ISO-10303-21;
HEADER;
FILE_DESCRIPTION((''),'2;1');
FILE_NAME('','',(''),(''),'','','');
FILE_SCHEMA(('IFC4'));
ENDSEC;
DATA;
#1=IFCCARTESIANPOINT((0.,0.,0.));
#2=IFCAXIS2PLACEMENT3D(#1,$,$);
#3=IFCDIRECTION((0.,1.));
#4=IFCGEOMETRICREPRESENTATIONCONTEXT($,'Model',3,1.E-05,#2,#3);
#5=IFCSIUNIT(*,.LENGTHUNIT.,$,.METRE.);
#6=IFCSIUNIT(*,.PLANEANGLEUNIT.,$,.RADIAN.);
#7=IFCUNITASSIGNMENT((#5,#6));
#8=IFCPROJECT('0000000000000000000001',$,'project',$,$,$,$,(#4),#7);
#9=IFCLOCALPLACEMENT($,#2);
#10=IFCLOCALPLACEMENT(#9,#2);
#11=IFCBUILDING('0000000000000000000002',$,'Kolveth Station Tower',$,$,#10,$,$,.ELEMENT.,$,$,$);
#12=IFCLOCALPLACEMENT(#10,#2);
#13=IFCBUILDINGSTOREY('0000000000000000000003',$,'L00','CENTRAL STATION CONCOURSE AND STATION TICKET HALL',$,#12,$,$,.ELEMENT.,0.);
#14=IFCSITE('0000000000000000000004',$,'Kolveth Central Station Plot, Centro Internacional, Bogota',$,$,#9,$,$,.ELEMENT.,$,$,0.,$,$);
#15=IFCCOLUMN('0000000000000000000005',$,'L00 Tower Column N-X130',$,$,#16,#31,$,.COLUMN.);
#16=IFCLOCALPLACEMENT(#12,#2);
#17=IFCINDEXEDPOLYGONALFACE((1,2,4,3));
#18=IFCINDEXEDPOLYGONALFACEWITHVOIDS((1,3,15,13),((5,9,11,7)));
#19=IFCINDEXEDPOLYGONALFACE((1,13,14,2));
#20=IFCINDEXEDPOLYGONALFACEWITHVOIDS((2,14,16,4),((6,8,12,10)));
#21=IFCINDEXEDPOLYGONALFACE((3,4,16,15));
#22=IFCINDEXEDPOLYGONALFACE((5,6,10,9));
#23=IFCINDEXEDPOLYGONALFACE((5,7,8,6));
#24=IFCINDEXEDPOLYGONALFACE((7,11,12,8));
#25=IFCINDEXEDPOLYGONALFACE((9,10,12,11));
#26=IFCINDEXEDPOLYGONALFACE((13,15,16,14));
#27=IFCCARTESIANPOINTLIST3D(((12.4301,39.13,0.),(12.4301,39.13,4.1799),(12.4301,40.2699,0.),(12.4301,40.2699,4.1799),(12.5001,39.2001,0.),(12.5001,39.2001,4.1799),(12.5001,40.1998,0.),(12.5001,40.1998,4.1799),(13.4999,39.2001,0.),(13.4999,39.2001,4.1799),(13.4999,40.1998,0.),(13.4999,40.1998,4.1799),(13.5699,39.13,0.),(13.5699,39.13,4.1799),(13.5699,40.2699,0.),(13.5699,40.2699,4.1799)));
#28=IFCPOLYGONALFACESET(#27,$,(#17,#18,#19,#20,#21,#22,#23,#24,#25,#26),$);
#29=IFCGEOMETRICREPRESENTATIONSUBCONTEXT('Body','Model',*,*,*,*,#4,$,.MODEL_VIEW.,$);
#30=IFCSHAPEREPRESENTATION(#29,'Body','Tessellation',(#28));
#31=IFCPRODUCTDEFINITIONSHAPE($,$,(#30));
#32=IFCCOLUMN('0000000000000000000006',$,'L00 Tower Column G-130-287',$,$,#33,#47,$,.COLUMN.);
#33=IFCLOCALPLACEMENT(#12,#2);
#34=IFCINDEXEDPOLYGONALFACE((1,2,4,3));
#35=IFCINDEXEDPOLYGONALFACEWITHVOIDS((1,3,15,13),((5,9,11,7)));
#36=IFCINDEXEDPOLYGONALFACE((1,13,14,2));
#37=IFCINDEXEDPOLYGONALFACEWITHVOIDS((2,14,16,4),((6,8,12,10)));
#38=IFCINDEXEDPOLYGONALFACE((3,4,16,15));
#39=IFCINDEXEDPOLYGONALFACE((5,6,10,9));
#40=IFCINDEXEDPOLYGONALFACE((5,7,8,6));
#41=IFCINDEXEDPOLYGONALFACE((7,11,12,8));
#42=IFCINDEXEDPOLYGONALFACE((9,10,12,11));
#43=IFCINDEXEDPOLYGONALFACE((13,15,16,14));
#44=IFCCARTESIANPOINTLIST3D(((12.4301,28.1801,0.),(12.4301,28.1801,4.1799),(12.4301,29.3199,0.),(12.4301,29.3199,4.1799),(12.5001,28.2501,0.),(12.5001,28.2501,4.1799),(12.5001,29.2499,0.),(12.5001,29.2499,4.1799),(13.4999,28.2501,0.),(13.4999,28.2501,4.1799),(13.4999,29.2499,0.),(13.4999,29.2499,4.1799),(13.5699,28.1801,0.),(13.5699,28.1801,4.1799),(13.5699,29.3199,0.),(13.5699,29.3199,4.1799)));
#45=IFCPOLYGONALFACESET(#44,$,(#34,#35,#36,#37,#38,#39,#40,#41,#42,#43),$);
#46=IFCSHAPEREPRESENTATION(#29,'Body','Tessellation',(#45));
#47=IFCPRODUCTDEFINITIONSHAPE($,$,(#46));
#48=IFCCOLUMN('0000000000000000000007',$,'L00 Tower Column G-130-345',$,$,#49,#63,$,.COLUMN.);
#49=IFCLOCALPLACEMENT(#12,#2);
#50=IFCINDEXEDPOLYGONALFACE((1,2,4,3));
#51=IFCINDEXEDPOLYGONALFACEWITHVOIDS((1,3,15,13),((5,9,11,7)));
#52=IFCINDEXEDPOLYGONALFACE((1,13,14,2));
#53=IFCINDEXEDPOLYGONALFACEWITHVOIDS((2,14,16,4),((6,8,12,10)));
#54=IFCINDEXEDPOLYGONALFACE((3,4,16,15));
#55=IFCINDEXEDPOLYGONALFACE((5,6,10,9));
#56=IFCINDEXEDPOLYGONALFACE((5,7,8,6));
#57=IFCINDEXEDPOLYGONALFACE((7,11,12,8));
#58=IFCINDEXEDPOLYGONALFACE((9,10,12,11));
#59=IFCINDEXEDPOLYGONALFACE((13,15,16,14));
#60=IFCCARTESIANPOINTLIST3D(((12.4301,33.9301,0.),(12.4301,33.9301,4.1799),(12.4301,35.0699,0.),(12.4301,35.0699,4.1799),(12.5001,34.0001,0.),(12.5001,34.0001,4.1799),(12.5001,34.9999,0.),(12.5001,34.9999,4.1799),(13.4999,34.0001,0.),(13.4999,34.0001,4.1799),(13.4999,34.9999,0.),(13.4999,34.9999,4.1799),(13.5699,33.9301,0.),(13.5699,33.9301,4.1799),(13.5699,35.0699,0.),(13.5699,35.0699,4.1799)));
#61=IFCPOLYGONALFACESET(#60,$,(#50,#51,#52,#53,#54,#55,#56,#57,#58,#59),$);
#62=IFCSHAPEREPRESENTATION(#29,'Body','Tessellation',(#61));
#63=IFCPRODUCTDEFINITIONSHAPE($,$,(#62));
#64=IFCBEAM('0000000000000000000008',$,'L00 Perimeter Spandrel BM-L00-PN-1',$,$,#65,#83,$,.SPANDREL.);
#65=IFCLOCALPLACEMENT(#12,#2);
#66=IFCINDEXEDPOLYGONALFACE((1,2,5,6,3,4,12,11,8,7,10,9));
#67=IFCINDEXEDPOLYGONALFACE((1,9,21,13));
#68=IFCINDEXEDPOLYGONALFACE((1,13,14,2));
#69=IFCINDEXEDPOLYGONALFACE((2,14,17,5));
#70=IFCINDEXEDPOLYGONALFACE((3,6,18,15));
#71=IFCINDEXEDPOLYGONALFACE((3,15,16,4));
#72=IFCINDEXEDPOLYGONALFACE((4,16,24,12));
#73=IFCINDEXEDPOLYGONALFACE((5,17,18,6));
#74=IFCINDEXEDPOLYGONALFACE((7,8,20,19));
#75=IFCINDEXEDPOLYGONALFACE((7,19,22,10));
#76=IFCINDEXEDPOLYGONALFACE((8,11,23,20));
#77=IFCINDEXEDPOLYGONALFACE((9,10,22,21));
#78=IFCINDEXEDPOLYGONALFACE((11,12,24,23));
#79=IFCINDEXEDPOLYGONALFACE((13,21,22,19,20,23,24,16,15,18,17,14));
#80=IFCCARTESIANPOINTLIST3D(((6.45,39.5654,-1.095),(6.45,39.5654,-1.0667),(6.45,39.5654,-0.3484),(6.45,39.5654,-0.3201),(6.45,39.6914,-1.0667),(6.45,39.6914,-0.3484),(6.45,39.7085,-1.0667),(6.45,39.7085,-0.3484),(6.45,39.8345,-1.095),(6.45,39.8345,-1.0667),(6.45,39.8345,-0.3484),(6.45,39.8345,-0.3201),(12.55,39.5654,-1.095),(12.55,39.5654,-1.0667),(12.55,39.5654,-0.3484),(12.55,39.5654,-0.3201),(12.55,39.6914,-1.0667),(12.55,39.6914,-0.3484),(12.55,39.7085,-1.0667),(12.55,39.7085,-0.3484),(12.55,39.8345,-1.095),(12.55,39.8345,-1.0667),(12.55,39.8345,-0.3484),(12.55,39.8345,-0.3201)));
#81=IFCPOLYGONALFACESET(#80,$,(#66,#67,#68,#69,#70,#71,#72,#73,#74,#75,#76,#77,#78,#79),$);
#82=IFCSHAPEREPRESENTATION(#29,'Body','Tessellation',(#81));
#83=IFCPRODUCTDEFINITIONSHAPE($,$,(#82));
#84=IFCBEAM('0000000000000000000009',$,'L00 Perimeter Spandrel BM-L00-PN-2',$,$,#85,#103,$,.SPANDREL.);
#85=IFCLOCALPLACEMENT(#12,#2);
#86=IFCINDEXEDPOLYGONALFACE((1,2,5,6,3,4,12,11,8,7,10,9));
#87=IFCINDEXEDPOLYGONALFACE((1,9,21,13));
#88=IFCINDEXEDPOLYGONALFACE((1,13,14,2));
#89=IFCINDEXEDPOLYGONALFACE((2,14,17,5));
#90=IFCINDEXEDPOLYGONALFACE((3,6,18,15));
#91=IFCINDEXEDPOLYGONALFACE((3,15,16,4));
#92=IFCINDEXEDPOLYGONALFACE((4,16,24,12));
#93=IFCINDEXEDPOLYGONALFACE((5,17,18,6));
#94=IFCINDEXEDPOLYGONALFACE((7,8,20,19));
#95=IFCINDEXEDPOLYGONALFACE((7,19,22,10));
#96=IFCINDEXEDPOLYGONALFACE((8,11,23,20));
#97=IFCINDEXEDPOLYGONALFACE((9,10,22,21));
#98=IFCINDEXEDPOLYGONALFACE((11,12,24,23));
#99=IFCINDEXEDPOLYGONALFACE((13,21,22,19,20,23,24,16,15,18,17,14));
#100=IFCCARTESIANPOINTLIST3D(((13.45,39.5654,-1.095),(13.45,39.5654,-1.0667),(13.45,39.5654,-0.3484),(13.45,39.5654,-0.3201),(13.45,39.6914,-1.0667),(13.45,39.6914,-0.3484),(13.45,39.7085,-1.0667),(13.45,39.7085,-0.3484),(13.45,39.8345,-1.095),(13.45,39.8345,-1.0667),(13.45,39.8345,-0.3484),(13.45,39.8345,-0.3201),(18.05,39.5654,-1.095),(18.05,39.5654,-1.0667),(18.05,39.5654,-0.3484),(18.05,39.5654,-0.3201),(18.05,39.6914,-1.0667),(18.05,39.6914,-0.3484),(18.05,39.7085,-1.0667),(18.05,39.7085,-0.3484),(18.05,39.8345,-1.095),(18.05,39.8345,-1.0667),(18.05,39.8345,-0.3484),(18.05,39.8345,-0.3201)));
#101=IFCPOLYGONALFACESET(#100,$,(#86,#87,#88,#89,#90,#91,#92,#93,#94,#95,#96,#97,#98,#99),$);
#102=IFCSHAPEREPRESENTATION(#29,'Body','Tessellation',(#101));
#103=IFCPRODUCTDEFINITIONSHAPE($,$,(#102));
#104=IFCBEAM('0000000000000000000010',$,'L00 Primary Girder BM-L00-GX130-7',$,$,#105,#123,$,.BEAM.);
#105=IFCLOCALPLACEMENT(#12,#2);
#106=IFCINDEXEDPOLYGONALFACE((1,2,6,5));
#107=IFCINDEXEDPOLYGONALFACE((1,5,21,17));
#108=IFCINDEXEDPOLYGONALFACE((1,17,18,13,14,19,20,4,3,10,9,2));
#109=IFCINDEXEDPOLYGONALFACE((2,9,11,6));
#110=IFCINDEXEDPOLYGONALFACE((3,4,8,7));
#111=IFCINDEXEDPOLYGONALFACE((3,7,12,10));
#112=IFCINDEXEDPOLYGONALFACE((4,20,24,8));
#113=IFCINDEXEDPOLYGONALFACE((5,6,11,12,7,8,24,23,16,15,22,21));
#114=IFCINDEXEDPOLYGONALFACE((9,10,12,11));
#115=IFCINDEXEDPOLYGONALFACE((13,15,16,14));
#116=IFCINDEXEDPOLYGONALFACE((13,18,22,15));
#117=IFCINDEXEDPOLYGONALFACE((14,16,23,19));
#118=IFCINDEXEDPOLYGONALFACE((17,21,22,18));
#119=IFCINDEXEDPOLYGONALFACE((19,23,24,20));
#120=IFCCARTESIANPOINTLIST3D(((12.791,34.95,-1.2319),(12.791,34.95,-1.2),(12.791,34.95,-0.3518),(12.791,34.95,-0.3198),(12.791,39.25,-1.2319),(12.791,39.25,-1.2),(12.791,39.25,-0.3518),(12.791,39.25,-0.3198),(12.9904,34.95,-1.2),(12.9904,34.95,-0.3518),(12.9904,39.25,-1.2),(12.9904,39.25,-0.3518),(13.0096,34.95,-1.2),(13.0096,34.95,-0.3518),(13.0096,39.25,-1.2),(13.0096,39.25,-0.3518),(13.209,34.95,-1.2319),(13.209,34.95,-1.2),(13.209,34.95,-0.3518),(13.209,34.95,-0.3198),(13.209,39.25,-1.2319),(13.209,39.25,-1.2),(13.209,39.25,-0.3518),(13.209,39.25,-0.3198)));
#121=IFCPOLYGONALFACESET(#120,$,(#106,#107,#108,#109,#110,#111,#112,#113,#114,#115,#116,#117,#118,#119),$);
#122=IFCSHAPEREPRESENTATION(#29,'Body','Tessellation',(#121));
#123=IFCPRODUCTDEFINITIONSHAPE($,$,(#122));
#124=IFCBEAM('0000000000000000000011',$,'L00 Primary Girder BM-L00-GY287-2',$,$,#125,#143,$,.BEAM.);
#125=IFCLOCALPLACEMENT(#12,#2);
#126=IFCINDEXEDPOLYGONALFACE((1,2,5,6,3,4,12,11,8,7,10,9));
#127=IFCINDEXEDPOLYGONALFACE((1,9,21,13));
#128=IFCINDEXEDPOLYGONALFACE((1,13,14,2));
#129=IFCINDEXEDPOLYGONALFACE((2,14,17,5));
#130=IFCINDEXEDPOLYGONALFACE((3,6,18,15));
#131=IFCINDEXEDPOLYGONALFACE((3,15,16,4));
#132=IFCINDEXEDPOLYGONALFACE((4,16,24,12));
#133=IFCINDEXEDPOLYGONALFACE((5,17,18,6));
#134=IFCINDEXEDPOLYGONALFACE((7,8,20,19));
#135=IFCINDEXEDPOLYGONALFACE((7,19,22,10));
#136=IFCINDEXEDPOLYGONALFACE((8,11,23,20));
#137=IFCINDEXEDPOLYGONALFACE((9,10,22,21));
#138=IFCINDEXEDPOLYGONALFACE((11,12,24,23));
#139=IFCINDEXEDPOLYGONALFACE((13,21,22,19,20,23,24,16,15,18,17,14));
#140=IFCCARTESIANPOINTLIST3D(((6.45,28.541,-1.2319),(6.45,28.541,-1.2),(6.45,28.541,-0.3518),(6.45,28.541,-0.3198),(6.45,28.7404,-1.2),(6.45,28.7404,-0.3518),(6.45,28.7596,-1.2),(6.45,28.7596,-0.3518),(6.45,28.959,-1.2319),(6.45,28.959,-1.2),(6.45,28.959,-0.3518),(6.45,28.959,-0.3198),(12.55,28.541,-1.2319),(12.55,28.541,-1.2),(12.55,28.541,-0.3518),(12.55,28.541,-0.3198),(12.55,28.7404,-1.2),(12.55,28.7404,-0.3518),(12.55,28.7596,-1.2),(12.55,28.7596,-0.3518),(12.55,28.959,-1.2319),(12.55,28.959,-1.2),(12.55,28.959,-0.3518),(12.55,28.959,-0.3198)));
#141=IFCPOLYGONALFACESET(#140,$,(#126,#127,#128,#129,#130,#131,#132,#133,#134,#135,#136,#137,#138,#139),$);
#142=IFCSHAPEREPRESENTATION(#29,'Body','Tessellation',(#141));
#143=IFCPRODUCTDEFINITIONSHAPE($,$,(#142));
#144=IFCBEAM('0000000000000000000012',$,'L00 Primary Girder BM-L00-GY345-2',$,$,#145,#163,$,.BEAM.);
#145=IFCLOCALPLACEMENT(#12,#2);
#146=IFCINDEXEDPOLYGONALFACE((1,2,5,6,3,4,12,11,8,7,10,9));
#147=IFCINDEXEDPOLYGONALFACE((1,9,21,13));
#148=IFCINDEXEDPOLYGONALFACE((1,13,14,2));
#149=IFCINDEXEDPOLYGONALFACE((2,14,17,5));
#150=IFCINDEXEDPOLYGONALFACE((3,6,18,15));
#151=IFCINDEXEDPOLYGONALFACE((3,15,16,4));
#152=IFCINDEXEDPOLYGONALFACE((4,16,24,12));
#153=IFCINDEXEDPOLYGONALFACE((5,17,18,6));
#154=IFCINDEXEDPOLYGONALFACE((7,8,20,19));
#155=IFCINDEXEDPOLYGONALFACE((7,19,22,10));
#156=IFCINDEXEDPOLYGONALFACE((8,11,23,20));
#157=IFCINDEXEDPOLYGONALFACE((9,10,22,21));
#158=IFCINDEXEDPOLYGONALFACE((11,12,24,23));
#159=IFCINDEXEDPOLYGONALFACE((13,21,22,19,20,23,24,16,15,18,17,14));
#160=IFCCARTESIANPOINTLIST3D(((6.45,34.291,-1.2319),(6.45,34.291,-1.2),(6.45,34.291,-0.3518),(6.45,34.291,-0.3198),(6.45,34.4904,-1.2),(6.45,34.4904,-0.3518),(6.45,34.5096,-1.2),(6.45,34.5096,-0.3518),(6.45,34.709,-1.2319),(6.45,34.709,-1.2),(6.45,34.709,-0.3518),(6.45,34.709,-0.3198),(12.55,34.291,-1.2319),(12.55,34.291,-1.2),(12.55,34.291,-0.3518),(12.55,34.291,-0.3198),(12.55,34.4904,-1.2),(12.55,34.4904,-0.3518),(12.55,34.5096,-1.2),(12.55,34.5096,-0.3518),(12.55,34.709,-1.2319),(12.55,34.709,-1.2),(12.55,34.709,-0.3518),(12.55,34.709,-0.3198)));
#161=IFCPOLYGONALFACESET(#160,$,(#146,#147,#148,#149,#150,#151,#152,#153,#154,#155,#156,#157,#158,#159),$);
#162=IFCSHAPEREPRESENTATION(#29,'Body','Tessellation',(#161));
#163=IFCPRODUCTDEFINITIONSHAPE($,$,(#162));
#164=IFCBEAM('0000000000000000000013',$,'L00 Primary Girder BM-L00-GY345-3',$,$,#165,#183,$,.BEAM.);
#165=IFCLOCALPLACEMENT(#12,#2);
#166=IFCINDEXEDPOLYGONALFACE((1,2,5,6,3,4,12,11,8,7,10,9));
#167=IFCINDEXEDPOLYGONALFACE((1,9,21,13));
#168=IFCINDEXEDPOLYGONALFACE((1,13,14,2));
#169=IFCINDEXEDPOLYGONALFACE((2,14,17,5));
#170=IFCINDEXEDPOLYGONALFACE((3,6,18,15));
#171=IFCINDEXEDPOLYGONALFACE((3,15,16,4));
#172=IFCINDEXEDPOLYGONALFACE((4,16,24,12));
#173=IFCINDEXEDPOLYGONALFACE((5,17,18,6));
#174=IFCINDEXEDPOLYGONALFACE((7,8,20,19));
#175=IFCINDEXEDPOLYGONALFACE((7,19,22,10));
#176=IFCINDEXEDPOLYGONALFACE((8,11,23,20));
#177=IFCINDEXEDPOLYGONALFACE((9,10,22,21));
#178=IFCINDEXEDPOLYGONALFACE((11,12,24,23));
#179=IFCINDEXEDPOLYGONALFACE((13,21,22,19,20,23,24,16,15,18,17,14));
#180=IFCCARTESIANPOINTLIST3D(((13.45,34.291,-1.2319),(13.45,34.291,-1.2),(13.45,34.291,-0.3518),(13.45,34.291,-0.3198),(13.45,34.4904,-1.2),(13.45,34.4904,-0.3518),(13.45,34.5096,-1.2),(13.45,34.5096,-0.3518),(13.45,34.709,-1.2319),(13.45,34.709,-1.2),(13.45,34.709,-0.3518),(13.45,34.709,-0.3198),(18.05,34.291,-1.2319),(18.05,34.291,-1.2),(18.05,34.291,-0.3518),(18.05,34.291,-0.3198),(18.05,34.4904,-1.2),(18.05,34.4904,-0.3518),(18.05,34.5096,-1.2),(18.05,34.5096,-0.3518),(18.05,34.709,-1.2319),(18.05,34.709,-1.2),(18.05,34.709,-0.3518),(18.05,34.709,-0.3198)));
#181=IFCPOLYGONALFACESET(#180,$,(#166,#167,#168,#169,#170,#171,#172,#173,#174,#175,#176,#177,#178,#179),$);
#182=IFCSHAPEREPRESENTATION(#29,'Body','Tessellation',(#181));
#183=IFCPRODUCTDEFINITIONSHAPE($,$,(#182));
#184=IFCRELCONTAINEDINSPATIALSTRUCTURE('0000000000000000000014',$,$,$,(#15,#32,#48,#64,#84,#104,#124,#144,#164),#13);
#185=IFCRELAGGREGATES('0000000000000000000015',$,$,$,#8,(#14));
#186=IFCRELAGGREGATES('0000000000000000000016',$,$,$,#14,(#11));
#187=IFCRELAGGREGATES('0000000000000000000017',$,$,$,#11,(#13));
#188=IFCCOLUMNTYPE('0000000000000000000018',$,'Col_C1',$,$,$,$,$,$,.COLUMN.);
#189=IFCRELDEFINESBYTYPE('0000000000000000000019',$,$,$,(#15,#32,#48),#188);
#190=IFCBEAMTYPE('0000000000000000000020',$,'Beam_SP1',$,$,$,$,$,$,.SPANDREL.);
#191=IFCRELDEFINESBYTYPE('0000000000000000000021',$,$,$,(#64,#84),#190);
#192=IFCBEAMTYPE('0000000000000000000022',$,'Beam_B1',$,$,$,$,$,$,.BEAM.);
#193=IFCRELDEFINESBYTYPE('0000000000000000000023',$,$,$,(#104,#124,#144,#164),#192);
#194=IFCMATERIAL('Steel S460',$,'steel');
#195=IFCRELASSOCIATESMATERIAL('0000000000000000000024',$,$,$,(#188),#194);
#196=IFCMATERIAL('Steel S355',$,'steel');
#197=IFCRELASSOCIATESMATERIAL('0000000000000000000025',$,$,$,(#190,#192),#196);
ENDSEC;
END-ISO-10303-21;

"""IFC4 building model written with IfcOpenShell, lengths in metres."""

from ifc_helpers import new_model, si_unit, direction, frame, origin, origin_2d, place, context, subcontext, project, spatial, hollow_rectangle, i_section, extrude, source, transform, mapped, material, material_profile, profile_set, type_object, element, save


model = new_model("IFC4")

# Units and contexts
model_context = context("Model", 3, precision=1e-05, world=origin(), true_north=direction((0.0, 1.0)))
body_context = subcontext(model_context, "Body", "Model", "MODEL_VIEW")
ifc_project = project(units=[si_unit("LENGTHUNIT", "METRE"), si_unit("PLANEANGLEUNIT", "RADIAN")], contexts=[model_context])

# Site, building, storey
site_placement = place(None, origin())
site = spatial("IfcSite", under=ifc_project, at=site_placement, Name="Kolveth Central Station Plot, Centro Internacional, Bogota", CompositionType="ELEMENT", RefElevation=0.0)
building_placement = place(site_placement, origin())
building = spatial("IfcBuilding", under=site, at=building_placement, Name="Kolveth Station Tower", CompositionType="ELEMENT")
storey_placement = place(building_placement, origin())
storey = spatial("IfcBuildingStorey", under=building, at=storey_placement, Name="L00", Description="CENTRAL STATION CONCOURSE AND STATION TICKET HALL", CompositionType="ELEMENT", Elevation=0.0)

# Columns
ifc_material_1 = material(Name="Steel S460", Category="steel")
ifc_material_profile_1 = material_profile(ifc_material_1, hollow_rectangle(XDim=1.1399, YDim=1.1399, WallThickness=0.0701, at=origin_2d()), Name="BOX1140x1140x70")
ifc_profile_set_1 = profile_set([ifc_material_profile_1], Name="Steel S460")
column_type = type_object("IfcColumnType", Name="Col_C1", PredefinedType="COLUMN", material=ifc_profile_set_1)
shared_shape_1 = source(origin(), body_context, "Body", "SweptSolid", [
    extrude(hollow_rectangle(XDim=1.1399, YDim=1.1399, WallThickness=0.0701, at=origin_2d()), origin(), (0.0, 0.0, 1.0), 4.1799),
])
for number, where, z_axis, x_axis, name in (
    (1, (13.0, 39.7, 0.0), (0.0, 0.0, 1.0), (1.0, 0.0, 0.0), "L00 Tower Column N-X130"),
    (2, (13.0, 28.75, 0.0), (0.0, 0.0, 1.0), (1.0, 0.0, 0.0), "L00 Tower Column G-130-287"),
    (3, (13.0, 34.5, 0.0), (0.0, 0.0, 1.0), (1.0, 0.0, 0.0), "L00 Tower Column G-130-345"),
):
    element("IfcColumn", number, at=place(storey_placement, frame(where, z_axis=z_axis, x_axis=x_axis)), inside=storey, type_object=column_type, Name=name, PredefinedType="COLUMN", context=body_context, shape_type="MappedRepresentation", body=[
        mapped(shared_shape_1, transform((0.0, 0.0, 0.0), x_axis=(1.0, 0.0, 0.0), y_axis=(0.0, 1.0, 0.0), z_axis=(0.0, 0.0, 1.0), scale=1.0)),
    ])

# Beams
ifc_material_2 = material(Name="Steel S355", Category="steel")
ifc_material_profile_2 = material_profile(ifc_material_2, i_section(OverallWidth=0.269, OverallDepth=0.7749, WebThickness=0.0171, FlangeThickness=0.0283, at=origin_2d()), Name="W760x220")
ifc_profile_set_2 = profile_set([ifc_material_profile_2], Name="Steel S355")
beam_type_1 = type_object("IfcBeamType", Name="Beam_SP1", PredefinedType="SPANDREL", material=ifc_profile_set_2)
shared_shape_2 = source(origin(), body_context, "Body", "SweptSolid", [
    extrude(i_section(OverallWidth=0.269, OverallDepth=0.7749, WebThickness=0.0171, FlangeThickness=0.0283, at=origin_2d()), origin(), (0.0, 0.0, 1.0), 6.1001),
])
beam_1_placement = place(storey_placement, frame((6.45, 39.7, -0.7075), z_axis=(1.0, 0.0, 0.0), x_axis=(0.0, 1.0, 0.0)))
element("IfcBeam", 4, at=beam_1_placement, inside=storey, type_object=beam_type_1, Name="L00 Perimeter Spandrel BM-L00-PN-1", PredefinedType="SPANDREL", context=body_context, shape_type="MappedRepresentation", body=[
    mapped(shared_shape_2, transform((0.0, 0.0, 0.0), x_axis=(1.0, 0.0, 0.0), y_axis=(0.0, 1.0, 0.0), z_axis=(0.0, 0.0, 1.0), scale=1.0)),
])
shared_shape_3 = source(origin(), body_context, "Body", "SweptSolid", [
    extrude(i_section(OverallWidth=0.269, OverallDepth=0.7749, WebThickness=0.0171, FlangeThickness=0.0283, at=origin_2d()), origin(), (0.0, 0.0, 1.0), 4.6001),
])
beam_2_placement = place(storey_placement, frame((13.45, 39.7, -0.7075), z_axis=(1.0, 0.0, 0.0), x_axis=(0.0, 1.0, 0.0)))
element("IfcBeam", 5, at=beam_2_placement, inside=storey, type_object=beam_type_1, Name="L00 Perimeter Spandrel BM-L00-PN-2", PredefinedType="SPANDREL", context=body_context, shape_type="MappedRepresentation", body=[
    mapped(shared_shape_3, transform((0.0, 0.0, 0.0), x_axis=(1.0, 0.0, 0.0), y_axis=(0.0, 1.0, 0.0), z_axis=(0.0, 0.0, 1.0), scale=1.0)),
])
ifc_material_profile_3 = material_profile(ifc_material_2, i_section(OverallWidth=0.418, OverallDepth=0.9121, WebThickness=0.0193, FlangeThickness=0.032, at=origin_2d()), Name="W920x342")
ifc_profile_set_3 = profile_set([ifc_material_profile_3], Name="Steel S355")
beam_type_2 = type_object("IfcBeamType", Name="Beam_B1", PredefinedType="BEAM", material=ifc_profile_set_3)
shared_shape_4 = source(origin(), body_context, "Body", "SweptSolid", [
    extrude(i_section(OverallWidth=0.418, OverallDepth=0.9121, WebThickness=0.0193, FlangeThickness=0.032, at=origin_2d()), origin(), (0.0, 0.0, 1.0), 4.3),
])
beam_3_placement = place(storey_placement, frame((13.0, 34.95, -0.7759), z_axis=(0.0, 1.0, 0.0), x_axis=(-1.0, 0.0, 0.0)))
element("IfcBeam", 6, at=beam_3_placement, inside=storey, type_object=beam_type_2, Name="L00 Primary Girder BM-L00-GX130-7", PredefinedType="BEAM", context=body_context, shape_type="MappedRepresentation", body=[
    mapped(shared_shape_4, transform((0.0, 0.0, 0.0), x_axis=(1.0, 0.0, 0.0), y_axis=(0.0, 1.0, 0.0), z_axis=(0.0, 0.0, 1.0), scale=1.0)),
])
shared_shape_5 = source(origin(), body_context, "Body", "SweptSolid", [
    extrude(i_section(OverallWidth=0.418, OverallDepth=0.9121, WebThickness=0.0193, FlangeThickness=0.032, at=origin_2d()), origin(), (0.0, 0.0, 1.0), 6.1001),
])
for number, where, z_axis, x_axis, name in (
    (7, (6.45, 28.75, -0.7759), (1.0, 0.0, 0.0), (0.0, 1.0, 0.0), "L00 Primary Girder BM-L00-GY287-2"),
    (8, (6.45, 34.5, -0.7759), (1.0, 0.0, 0.0), (0.0, 1.0, 0.0), "L00 Primary Girder BM-L00-GY345-2"),
):
    element("IfcBeam", number, at=place(storey_placement, frame(where, z_axis=z_axis, x_axis=x_axis)), inside=storey, type_object=beam_type_2, Name=name, PredefinedType="BEAM", context=body_context, shape_type="MappedRepresentation", body=[
        mapped(shared_shape_5, transform((0.0, 0.0, 0.0), x_axis=(1.0, 0.0, 0.0), y_axis=(0.0, 1.0, 0.0), z_axis=(0.0, 0.0, 1.0), scale=1.0)),
    ])
shared_shape_6 = source(origin(), body_context, "Body", "SweptSolid", [
    extrude(i_section(OverallWidth=0.418, OverallDepth=0.9121, WebThickness=0.0193, FlangeThickness=0.032, at=origin_2d()), origin(), (0.0, 0.0, 1.0), 4.6001),
])
beam_4_placement = place(storey_placement, frame((13.45, 34.5, -0.7759), z_axis=(1.0, 0.0, 0.0), x_axis=(0.0, 1.0, 0.0)))
element("IfcBeam", 9, at=beam_4_placement, inside=storey, type_object=beam_type_2, Name="L00 Primary Girder BM-L00-GY345-3", PredefinedType="BEAM", context=body_context, shape_type="MappedRepresentation", body=[
    mapped(shared_shape_6, transform((0.0, 0.0, 0.0), x_axis=(1.0, 0.0, 0.0), y_axis=(0.0, 1.0, 0.0), z_axis=(0.0, 0.0, 1.0), scale=1.0)),
])

save(model, "model.ifc")
